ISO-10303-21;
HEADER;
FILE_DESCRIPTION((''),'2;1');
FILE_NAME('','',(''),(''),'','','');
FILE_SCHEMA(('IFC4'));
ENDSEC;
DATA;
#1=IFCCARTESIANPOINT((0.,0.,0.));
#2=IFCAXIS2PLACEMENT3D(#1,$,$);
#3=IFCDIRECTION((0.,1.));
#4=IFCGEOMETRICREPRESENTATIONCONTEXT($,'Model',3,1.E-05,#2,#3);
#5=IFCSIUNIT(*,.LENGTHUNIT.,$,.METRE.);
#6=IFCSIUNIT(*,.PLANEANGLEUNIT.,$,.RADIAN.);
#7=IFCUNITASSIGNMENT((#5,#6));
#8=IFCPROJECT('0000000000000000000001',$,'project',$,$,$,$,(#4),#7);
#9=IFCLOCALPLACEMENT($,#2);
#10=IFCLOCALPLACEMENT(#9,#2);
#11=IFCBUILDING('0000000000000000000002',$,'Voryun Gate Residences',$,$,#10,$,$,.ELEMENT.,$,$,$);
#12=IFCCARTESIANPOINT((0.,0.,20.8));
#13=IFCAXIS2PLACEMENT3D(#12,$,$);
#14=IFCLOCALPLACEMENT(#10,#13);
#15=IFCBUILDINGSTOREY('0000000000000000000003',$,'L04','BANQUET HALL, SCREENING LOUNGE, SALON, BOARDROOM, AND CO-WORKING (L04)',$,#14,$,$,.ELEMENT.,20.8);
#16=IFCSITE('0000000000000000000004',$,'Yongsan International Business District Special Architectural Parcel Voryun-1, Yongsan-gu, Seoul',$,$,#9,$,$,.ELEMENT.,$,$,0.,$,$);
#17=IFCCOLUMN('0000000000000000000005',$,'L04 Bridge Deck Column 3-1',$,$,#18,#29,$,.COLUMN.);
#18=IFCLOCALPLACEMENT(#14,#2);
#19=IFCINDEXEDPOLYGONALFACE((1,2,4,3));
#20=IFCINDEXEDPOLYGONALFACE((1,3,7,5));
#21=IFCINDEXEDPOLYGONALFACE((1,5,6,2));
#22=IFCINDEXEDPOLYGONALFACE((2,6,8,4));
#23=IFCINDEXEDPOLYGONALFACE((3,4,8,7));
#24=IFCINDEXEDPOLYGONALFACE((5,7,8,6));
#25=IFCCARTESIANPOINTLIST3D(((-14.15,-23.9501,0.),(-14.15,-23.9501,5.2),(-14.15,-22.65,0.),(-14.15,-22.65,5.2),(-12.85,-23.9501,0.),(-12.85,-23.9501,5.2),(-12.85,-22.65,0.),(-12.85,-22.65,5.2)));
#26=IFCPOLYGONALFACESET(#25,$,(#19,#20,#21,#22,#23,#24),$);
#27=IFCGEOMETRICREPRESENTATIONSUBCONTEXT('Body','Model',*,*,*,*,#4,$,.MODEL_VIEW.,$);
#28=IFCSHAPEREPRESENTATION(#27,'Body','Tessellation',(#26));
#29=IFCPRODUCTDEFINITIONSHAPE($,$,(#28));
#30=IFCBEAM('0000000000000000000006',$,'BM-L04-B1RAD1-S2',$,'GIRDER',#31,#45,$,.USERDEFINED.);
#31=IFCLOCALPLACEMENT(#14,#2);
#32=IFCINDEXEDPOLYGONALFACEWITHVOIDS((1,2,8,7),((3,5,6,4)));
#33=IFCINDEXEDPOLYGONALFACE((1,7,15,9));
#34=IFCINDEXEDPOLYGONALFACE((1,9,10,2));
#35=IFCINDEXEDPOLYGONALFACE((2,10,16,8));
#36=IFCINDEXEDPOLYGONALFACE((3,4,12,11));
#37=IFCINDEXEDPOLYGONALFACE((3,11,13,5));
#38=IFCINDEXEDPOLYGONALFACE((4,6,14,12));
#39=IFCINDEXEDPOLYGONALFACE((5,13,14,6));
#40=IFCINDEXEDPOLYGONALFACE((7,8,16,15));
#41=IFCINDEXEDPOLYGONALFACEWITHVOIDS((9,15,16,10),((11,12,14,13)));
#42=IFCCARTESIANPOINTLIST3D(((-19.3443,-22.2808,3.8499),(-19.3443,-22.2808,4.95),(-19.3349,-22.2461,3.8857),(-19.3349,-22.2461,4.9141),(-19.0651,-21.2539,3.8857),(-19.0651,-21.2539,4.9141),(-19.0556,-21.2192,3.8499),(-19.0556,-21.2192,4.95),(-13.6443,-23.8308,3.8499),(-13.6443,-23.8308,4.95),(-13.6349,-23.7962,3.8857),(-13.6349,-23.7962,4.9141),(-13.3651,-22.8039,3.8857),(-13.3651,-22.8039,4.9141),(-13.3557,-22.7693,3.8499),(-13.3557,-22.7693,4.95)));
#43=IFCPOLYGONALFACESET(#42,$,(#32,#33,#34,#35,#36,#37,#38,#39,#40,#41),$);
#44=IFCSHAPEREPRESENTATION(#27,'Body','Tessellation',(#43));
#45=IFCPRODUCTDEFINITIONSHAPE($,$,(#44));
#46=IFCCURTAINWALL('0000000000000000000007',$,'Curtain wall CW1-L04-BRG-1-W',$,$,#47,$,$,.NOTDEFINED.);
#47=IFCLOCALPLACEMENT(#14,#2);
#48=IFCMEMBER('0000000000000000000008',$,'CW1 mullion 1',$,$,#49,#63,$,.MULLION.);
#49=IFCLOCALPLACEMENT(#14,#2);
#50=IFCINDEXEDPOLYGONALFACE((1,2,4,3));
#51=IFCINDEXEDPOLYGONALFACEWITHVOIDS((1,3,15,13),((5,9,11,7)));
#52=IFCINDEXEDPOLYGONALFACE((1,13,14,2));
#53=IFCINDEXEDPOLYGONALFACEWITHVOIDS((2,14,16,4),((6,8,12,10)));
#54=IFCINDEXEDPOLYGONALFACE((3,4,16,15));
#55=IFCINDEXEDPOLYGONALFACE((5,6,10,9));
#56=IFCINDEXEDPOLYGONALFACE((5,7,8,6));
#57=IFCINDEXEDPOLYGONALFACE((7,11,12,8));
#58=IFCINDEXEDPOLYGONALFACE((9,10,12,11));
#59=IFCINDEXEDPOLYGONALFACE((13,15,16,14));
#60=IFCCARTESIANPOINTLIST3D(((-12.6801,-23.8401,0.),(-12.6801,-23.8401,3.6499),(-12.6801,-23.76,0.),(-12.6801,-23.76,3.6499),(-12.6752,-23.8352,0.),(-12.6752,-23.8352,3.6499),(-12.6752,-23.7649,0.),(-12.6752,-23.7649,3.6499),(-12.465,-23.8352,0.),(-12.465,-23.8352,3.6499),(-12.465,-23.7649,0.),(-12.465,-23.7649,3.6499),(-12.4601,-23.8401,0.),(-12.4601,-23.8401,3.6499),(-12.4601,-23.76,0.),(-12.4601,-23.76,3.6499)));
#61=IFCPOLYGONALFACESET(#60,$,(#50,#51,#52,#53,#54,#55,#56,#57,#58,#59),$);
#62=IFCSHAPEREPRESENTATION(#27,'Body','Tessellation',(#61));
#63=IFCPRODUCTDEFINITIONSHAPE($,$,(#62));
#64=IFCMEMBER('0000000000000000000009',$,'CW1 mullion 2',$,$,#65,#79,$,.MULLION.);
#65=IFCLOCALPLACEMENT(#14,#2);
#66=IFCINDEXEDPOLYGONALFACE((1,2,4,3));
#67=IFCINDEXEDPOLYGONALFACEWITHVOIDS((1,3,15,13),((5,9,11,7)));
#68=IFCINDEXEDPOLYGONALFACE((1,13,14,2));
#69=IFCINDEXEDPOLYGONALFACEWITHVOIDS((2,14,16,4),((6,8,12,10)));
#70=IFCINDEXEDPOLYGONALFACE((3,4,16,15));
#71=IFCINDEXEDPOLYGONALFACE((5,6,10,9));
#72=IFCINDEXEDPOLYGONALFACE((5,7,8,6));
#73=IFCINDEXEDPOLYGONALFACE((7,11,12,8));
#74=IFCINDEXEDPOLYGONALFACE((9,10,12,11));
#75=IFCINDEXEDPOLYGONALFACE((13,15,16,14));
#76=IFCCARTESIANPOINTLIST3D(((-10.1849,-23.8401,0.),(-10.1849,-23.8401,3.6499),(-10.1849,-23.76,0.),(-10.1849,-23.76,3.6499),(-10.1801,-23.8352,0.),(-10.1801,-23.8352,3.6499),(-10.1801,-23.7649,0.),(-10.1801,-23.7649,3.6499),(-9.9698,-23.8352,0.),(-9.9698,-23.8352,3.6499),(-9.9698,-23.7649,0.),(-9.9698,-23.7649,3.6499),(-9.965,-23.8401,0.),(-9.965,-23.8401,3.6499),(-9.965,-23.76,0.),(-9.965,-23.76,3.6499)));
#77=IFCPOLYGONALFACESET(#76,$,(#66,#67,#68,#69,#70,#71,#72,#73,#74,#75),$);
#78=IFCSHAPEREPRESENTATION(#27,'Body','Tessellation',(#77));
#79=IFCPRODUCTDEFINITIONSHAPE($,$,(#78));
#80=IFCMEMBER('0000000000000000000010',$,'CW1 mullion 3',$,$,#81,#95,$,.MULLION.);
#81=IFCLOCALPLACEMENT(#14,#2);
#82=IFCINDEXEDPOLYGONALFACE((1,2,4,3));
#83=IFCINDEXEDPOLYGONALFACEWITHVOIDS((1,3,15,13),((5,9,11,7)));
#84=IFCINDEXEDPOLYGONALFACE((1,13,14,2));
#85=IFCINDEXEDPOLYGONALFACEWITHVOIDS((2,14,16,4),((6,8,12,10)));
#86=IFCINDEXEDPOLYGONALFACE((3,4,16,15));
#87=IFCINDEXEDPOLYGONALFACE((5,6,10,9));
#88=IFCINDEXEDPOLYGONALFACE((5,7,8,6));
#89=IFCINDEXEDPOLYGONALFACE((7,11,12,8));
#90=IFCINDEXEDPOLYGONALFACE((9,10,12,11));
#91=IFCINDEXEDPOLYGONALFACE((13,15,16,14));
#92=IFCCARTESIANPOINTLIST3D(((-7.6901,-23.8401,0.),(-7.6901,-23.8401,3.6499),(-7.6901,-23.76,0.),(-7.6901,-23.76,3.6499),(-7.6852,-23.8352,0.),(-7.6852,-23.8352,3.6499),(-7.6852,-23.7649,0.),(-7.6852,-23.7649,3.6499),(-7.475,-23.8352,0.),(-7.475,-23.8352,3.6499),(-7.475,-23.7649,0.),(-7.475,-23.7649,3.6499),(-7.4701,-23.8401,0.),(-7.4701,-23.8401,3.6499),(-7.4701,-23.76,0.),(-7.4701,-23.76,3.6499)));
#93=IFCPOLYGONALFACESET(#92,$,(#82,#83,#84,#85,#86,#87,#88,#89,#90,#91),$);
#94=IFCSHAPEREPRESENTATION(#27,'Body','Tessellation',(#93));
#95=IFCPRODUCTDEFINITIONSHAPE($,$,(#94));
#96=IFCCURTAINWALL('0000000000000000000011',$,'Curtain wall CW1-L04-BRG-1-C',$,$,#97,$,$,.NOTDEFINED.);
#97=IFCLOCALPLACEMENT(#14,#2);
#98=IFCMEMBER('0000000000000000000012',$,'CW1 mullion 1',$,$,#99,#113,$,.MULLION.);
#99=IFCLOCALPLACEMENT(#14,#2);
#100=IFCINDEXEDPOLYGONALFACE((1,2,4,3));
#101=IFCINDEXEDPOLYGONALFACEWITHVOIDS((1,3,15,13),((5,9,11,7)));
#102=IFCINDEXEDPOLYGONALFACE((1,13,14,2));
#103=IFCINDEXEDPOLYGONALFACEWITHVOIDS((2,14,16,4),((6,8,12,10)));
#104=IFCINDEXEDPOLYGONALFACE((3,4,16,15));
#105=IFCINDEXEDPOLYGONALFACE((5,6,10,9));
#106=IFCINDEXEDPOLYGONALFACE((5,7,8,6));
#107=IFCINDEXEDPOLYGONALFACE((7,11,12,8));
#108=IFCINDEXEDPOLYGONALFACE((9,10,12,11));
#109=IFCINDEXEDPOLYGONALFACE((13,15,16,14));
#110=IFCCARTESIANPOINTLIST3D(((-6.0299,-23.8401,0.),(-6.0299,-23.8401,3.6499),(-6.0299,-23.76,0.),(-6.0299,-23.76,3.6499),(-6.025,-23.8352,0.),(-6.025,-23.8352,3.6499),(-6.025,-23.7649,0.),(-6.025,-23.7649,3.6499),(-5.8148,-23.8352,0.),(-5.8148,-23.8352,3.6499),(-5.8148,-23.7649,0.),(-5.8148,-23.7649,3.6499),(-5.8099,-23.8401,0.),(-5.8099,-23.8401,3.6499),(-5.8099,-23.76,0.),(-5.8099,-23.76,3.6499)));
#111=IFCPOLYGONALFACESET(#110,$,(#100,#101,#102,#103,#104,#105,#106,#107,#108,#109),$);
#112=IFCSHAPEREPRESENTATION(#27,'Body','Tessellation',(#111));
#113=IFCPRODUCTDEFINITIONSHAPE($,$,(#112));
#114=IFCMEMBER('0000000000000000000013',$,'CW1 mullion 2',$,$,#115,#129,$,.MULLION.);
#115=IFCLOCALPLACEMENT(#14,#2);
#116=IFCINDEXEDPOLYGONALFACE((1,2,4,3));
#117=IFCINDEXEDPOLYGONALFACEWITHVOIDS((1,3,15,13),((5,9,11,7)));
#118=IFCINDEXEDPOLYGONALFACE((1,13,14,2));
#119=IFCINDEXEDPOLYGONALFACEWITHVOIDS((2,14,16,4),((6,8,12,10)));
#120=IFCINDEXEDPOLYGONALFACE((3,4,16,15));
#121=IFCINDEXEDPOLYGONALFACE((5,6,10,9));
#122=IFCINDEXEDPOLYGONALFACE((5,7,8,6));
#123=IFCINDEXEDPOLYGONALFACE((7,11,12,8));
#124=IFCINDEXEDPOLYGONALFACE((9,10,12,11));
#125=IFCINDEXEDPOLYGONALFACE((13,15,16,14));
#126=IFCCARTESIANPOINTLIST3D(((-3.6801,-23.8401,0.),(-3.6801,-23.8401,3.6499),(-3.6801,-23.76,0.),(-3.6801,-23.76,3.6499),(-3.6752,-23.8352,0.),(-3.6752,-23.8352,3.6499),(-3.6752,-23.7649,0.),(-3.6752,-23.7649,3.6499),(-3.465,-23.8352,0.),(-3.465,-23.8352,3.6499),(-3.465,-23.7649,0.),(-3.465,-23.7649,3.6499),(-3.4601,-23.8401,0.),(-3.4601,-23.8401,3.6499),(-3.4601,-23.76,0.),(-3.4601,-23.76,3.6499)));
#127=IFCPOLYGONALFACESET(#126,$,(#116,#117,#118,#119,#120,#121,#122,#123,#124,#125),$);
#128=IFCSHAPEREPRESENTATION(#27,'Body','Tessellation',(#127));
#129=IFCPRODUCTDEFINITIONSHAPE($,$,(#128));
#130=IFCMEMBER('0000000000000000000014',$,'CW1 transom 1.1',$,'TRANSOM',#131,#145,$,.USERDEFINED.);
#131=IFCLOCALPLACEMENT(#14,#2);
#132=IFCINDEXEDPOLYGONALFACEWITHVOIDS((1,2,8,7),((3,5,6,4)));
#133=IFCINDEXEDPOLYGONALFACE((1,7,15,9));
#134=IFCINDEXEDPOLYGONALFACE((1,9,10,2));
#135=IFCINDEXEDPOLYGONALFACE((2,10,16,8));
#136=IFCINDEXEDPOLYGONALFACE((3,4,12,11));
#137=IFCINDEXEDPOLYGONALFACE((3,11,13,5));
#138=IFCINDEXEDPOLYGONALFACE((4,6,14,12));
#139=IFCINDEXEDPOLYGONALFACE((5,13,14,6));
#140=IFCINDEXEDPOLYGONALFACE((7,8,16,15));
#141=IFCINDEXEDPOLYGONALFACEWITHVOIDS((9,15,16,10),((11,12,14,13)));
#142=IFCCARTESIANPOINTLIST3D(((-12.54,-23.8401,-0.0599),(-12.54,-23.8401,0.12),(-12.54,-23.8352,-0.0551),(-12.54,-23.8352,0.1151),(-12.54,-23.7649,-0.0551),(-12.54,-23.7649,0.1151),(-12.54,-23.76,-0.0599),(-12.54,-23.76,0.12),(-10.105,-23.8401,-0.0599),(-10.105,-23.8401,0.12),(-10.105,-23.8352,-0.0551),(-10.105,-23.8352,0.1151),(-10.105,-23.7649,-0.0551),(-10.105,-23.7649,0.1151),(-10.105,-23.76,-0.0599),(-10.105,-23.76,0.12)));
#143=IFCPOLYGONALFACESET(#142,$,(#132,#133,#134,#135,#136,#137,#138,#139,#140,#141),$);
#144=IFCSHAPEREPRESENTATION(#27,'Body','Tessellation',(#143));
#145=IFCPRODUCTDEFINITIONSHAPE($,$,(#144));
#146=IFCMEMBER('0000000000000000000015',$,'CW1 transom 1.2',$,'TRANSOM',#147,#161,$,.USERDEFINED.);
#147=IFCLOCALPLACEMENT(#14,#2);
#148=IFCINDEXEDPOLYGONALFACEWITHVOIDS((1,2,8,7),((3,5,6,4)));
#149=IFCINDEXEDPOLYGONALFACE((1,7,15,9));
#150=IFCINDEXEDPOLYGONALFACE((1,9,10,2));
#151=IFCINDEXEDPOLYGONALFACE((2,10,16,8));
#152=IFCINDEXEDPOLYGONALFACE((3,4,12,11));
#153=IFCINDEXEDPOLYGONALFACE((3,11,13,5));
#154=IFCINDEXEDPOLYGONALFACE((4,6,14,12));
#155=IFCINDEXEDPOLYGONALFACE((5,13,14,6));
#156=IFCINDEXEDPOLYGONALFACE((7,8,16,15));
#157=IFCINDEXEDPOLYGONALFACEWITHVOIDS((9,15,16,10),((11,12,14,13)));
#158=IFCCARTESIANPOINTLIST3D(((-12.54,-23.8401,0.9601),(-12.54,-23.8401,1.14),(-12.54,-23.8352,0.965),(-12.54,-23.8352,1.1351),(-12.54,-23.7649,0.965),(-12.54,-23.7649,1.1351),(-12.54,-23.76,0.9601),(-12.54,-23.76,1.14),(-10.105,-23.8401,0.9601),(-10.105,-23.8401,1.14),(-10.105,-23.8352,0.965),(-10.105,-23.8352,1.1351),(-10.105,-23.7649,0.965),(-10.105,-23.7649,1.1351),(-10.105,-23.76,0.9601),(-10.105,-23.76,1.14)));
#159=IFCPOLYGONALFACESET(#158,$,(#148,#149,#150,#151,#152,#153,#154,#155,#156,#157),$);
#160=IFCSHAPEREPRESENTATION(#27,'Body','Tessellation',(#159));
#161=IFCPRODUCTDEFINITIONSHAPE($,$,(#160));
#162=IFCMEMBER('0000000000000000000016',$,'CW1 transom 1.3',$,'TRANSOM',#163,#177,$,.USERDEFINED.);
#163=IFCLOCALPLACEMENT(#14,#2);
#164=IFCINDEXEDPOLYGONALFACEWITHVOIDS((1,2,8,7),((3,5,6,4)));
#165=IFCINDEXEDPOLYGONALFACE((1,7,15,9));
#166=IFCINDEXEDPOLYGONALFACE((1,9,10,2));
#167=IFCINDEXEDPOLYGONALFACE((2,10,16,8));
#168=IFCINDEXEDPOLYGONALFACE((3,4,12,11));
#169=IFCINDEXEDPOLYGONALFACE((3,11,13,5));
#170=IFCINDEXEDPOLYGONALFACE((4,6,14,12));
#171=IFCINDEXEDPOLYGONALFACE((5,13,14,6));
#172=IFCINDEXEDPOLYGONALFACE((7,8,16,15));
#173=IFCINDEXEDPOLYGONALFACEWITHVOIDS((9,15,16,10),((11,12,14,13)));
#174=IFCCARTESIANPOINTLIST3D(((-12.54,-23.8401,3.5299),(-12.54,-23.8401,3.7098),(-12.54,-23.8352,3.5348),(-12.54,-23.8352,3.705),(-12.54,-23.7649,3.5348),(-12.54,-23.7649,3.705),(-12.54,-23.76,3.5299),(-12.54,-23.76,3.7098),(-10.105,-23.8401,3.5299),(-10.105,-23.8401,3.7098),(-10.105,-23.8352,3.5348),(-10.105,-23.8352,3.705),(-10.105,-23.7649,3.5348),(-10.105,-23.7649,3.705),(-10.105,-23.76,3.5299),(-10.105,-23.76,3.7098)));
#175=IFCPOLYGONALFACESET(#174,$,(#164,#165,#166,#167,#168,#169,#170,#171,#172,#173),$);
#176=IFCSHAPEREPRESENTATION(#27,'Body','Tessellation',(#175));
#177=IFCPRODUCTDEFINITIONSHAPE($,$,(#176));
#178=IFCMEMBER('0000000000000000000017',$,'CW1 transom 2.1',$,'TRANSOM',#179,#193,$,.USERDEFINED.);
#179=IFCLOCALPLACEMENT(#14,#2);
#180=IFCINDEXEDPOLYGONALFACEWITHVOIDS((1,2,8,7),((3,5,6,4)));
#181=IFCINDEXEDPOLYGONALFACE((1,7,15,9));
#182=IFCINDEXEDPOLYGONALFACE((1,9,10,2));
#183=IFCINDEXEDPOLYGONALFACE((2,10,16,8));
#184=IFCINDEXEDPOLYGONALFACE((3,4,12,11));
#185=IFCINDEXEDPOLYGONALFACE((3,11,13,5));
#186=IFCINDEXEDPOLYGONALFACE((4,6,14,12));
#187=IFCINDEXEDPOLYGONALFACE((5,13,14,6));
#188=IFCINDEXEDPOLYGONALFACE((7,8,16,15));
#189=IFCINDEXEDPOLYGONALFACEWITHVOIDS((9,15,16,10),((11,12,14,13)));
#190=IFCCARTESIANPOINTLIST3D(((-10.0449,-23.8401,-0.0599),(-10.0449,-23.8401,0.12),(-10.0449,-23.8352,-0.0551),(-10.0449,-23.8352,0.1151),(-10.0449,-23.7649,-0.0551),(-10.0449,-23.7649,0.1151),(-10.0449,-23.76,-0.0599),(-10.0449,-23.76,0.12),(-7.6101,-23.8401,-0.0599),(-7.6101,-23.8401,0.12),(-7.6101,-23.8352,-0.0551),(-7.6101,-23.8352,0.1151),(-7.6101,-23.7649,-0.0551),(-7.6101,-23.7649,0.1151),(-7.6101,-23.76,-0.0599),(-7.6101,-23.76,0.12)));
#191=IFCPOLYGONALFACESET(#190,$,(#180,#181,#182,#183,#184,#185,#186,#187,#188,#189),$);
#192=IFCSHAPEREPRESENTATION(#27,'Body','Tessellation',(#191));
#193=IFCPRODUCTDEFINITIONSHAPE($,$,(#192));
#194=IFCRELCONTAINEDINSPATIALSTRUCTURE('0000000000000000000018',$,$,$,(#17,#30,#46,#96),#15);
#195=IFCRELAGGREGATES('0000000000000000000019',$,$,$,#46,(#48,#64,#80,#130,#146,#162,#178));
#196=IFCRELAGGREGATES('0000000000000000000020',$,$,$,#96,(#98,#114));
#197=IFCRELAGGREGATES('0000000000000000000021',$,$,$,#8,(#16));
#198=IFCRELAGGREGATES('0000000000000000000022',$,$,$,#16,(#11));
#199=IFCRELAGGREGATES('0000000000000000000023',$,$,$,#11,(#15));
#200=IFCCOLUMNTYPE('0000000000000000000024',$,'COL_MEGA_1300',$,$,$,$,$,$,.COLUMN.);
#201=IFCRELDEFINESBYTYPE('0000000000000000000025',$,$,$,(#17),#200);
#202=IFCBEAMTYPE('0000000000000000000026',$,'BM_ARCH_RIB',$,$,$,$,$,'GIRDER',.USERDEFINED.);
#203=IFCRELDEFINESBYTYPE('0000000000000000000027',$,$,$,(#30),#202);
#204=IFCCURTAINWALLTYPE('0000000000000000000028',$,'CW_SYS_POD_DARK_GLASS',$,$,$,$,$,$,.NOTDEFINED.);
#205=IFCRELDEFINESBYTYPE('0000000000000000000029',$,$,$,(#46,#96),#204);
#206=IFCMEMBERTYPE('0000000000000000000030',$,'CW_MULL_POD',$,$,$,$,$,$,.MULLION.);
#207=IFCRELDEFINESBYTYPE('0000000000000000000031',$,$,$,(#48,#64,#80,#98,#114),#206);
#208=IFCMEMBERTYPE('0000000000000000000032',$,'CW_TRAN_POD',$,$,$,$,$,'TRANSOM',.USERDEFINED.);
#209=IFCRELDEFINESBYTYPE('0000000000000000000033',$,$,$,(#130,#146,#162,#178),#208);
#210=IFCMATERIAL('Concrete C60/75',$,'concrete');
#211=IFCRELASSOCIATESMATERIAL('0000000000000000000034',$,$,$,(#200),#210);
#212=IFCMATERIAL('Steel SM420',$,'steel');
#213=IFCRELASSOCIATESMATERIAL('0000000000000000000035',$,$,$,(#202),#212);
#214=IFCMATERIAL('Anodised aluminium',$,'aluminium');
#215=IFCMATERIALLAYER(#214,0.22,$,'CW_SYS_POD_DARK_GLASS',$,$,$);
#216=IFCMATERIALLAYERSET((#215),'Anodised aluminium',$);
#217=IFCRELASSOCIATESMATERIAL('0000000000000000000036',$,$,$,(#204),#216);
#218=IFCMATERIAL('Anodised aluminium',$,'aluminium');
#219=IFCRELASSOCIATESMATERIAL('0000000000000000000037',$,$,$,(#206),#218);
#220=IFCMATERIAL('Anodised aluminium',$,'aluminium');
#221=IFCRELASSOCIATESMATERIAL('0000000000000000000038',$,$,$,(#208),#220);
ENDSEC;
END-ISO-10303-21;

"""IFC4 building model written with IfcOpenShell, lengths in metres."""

from ifc_helpers import new_model, si_unit, direction, frame, origin, origin_2d, place, context, subcontext, project, spatial, rectangle, hollow_rectangle, extrude, material, layer, layer_set, material_profile, profile_set, type_object, element, aggregate, save


model = new_model("IFC4")

# Units and contexts
model_context = context("Model", 3, precision=1e-05, world=origin(), true_north=direction((0.0, 1.0)))
body_context = subcontext(model_context, "Body", "Model", "MODEL_VIEW")
ifc_project = project(units=[si_unit("LENGTHUNIT", "METRE"), si_unit("PLANEANGLEUNIT", "RADIAN")], contexts=[model_context])

# Site, building, storey
site_placement = place(None, origin())
site = spatial("IfcSite", under=ifc_project, at=site_placement, Name="Yongsan International Business District Special Architectural Parcel Voryun-1, Yongsan-gu, Seoul", CompositionType="ELEMENT", RefElevation=0.0)
building_placement = place(site_placement, origin())
building = spatial("IfcBuilding", under=site, at=building_placement, Name="Voryun Gate Residences", CompositionType="ELEMENT")
storey_placement = place(building_placement, frame((0.0, 0.0, 20.8)))
storey = spatial("IfcBuildingStorey", under=building, at=storey_placement, Name="L04", Description="BANQUET HALL, SCREENING LOUNGE, SALON, BOARDROOM, AND CO-WORKING (L04)", CompositionType="ELEMENT", Elevation=20.8)

# Column
ifc_material_1 = material(Name="Concrete C60/75", Category="concrete")
ifc_material_profile_1 = material_profile(ifc_material_1, rectangle(XDim=1.3, YDim=1.3, at=origin_2d()), Name="RC-1300x1300")
ifc_profile_set_1 = profile_set([ifc_material_profile_1], Name="Concrete C60/75")
column_type = type_object("IfcColumnType", Name="COL_MEGA_1300", PredefinedType="COLUMN", material=ifc_profile_set_1)
column_placement = place(storey_placement, frame((-13.5, -23.3, 0.0), z_axis=(0.0, 0.0, 1.0), x_axis=(1.0, 0.0, 0.0)))
element("IfcColumn", 1, at=column_placement, inside=storey, type_object=column_type, Name="L04 Bridge Deck Column 3-1", PredefinedType="COLUMN", context=body_context, shape_type="SweptSolid", body=[
    extrude(rectangle(XDim=1.3, YDim=1.3, at=origin_2d()), origin(), (0.0, 0.0, 1.0), 5.2),
])

# Beam
ifc_material_2 = material(Name="Steel SM420", Category="steel")
ifc_material_profile_2 = material_profile(ifc_material_2, hollow_rectangle(XDim=1.1001, YDim=1.1001, WallThickness=0.0359, at=origin_2d()), Name="BOX-1100x1100x36")
ifc_profile_set_2 = profile_set([ifc_material_profile_2], Name="Steel SM420")
beam_type = type_object("IfcBeamType", Name="BM_ARCH_RIB", ElementType="GIRDER", PredefinedType="USERDEFINED", material=ifc_profile_set_2)
beam_placement = place(storey_placement, frame((-13.5, -23.3, 4.3999), z_axis=(-0.964956, 0.262411, 0.0), x_axis=(-0.262411, -0.964956, 0.0)))
element("IfcBeam", 2, at=beam_placement, inside=storey, type_object=beam_type, Name="BM-L04-B1RAD1-S2", ObjectType="GIRDER", PredefinedType="USERDEFINED", context=body_context, shape_type="SweptSolid", body=[
    extrude(hollow_rectangle(XDim=1.1001, YDim=1.1001, WallThickness=0.0359, at=origin_2d()), origin(), (0.0, 0.0, 1.0), 5.907),
])

# Curtain walls, members
ifc_material_3 = material(Name="Anodised aluminium", Category="aluminium")
ifc_layer_1 = layer(ifc_material_3, 0.22, Name="CW_SYS_POD_DARK_GLASS")
ifc_layer_set_1 = layer_set([ifc_layer_1], Name="Anodised aluminium")
curtain_wall_type = type_object("IfcCurtainWallType", Name="CW_SYS_POD_DARK_GLASS", PredefinedType="NOTDEFINED", material=ifc_layer_set_1)
curtain_wall_1_placement = place(storey_placement, origin())
curtain_wall_1 = element("IfcCurtainWall", 3, at=curtain_wall_1_placement, inside=storey, type_object=curtain_wall_type, Name="Curtain wall CW1-L04-BRG-1-W", PredefinedType="NOTDEFINED")
ifc_material_4 = material(Name="Anodised aluminium", Category="aluminium")
ifc_material_profile_3 = material_profile(ifc_material_4, hollow_rectangle(XDim=0.0801, YDim=0.22, WallThickness=0.0049, at=origin_2d()), Name="ALU-MULL-220x80x5")
ifc_profile_set_3 = profile_set([ifc_material_profile_3], Name="Anodised aluminium")
member_type_1 = type_object("IfcMemberType", Name="CW_MULL_POD", PredefinedType="MULLION", material=ifc_profile_set_3)
member_1_placement = place(storey_placement, frame((-12.5701, -23.8, 0.0), z_axis=(0.0, 0.0, 1.0), x_axis=(0.0, 1.0, 0.0)))
member_1 = element("IfcMember", 4, at=member_1_placement, type_object=member_type_1, Name="CW1 mullion 1", PredefinedType="MULLION", context=body_context, shape_type="SweptSolid", body=[
    extrude(hollow_rectangle(XDim=0.0801, YDim=0.22, WallThickness=0.0049, at=origin_2d()), origin(), (0.0, 0.0, 1.0), 3.6499),
])
member_2_placement = place(storey_placement, frame((-10.075, -23.8, 0.0), z_axis=(0.0, 0.0, 1.0), x_axis=(0.0, 1.0, 0.0)))
member_2 = element("IfcMember", 5, at=member_2_placement, type_object=member_type_1, Name="CW1 mullion 2", PredefinedType="MULLION", context=body_context, shape_type="SweptSolid", body=[
    extrude(hollow_rectangle(XDim=0.0801, YDim=0.22, WallThickness=0.0049, at=origin_2d()), origin(), (0.0, 0.0, 1.0), 3.6499),
])
member_3_placement = place(storey_placement, frame((-7.5801, -23.8, 0.0), z_axis=(0.0, 0.0, 1.0), x_axis=(0.0, 1.0, 0.0)))
member_3 = element("IfcMember", 6, at=member_3_placement, type_object=member_type_1, Name="CW1 mullion 3", PredefinedType="MULLION", context=body_context, shape_type="SweptSolid", body=[
    extrude(hollow_rectangle(XDim=0.0801, YDim=0.22, WallThickness=0.0049, at=origin_2d()), origin(), (0.0, 0.0, 1.0), 3.6499),
])
curtain_wall_2_placement = place(storey_placement, origin())
curtain_wall_2 = element("IfcCurtainWall", 7, at=curtain_wall_2_placement, inside=storey, type_object=curtain_wall_type, Name="Curtain wall CW1-L04-BRG-1-C", PredefinedType="NOTDEFINED")
member_4_placement = place(storey_placement, frame((-5.9199, -23.8, 0.0), z_axis=(0.0, 0.0, 1.0), x_axis=(0.0, 1.0, 0.0)))
member_4 = element("IfcMember", 8, at=member_4_placement, type_object=member_type_1, Name="CW1 mullion 1", PredefinedType="MULLION", context=body_context, shape_type="SweptSolid", body=[
    extrude(hollow_rectangle(XDim=0.0801, YDim=0.22, WallThickness=0.0049, at=origin_2d()), origin(), (0.0, 0.0, 1.0), 3.6499),
])
member_5_placement = place(storey_placement, frame((-3.5701, -23.8, 0.0), z_axis=(0.0, 0.0, 1.0), x_axis=(0.0, 1.0, 0.0)))
member_5 = element("IfcMember", 9, at=member_5_placement, type_object=member_type_1, Name="CW1 mullion 2", PredefinedType="MULLION", context=body_context, shape_type="SweptSolid", body=[
    extrude(hollow_rectangle(XDim=0.0801, YDim=0.22, WallThickness=0.0049, at=origin_2d()), origin(), (0.0, 0.0, 1.0), 3.6499),
])

# Members
ifc_material_5 = material(Name="Anodised aluminium", Category="aluminium")
ifc_material_profile_4 = material_profile(ifc_material_5, hollow_rectangle(XDim=0.0801, YDim=0.1799, WallThickness=0.0049, at=origin_2d()), Name="ALU-TRAN-180x80x5")
ifc_profile_set_4 = profile_set([ifc_material_profile_4], Name="Anodised aluminium")
member_type_2 = type_object("IfcMemberType", Name="CW_TRAN_POD", ElementType="TRANSOM", PredefinedType="USERDEFINED", material=ifc_profile_set_4)
member_6_placement = place(storey_placement, frame((-12.54, -23.8, 0.03), z_axis=(1.0, 0.0, 0.0), x_axis=(0.0, 1.0, 0.0)))
member_6 = element("IfcMember", 10, at=member_6_placement, type_object=member_type_2, Name="CW1 transom 1.1", ObjectType="TRANSOM", PredefinedType="USERDEFINED", context=body_context, shape_type="SweptSolid", body=[
    extrude(hollow_rectangle(XDim=0.0801, YDim=0.1799, WallThickness=0.0049, at=origin_2d()), origin(), (0.0, 0.0, 1.0), 2.4351),
])
member_7_placement = place(storey_placement, frame((-12.54, -23.8, 1.05), z_axis=(1.0, 0.0, 0.0), x_axis=(0.0, 1.0, 0.0)))
member_7 = element("IfcMember", 11, at=member_7_placement, type_object=member_type_2, Name="CW1 transom 1.2", ObjectType="TRANSOM", PredefinedType="USERDEFINED", context=body_context, shape_type="SweptSolid", body=[
    extrude(hollow_rectangle(XDim=0.0801, YDim=0.1799, WallThickness=0.0049, at=origin_2d()), origin(), (0.0, 0.0, 1.0), 2.4351),
])
member_8_placement = place(storey_placement, frame((-12.54, -23.8, 3.6199), z_axis=(1.0, 0.0, 0.0), x_axis=(0.0, 1.0, 0.0)))
member_8 = element("IfcMember", 12, at=member_8_placement, type_object=member_type_2, Name="CW1 transom 1.3", ObjectType="TRANSOM", PredefinedType="USERDEFINED", context=body_context, shape_type="SweptSolid", body=[
    extrude(hollow_rectangle(XDim=0.0801, YDim=0.1799, WallThickness=0.0049, at=origin_2d()), origin(), (0.0, 0.0, 1.0), 2.4351),
])
member_9_placement = place(storey_placement, frame((-10.0449, -23.8, 0.03), z_axis=(1.0, 0.0, 0.0), x_axis=(0.0, 1.0, 0.0)))
member_9 = element("IfcMember", 13, at=member_9_placement, type_object=member_type_2, Name="CW1 transom 2.1", ObjectType="TRANSOM", PredefinedType="USERDEFINED", context=body_context, shape_type="SweptSolid", body=[
    extrude(hollow_rectangle(XDim=0.0801, YDim=0.1799, WallThickness=0.0049, at=origin_2d()), origin(), (0.0, 0.0, 1.0), 2.4348),
])

aggregate(curtain_wall_1, [member_1, member_2, member_3, member_6, member_7, member_8, member_9])
aggregate(curtain_wall_2, [member_4, member_5])

save(model, "model.ifc")
